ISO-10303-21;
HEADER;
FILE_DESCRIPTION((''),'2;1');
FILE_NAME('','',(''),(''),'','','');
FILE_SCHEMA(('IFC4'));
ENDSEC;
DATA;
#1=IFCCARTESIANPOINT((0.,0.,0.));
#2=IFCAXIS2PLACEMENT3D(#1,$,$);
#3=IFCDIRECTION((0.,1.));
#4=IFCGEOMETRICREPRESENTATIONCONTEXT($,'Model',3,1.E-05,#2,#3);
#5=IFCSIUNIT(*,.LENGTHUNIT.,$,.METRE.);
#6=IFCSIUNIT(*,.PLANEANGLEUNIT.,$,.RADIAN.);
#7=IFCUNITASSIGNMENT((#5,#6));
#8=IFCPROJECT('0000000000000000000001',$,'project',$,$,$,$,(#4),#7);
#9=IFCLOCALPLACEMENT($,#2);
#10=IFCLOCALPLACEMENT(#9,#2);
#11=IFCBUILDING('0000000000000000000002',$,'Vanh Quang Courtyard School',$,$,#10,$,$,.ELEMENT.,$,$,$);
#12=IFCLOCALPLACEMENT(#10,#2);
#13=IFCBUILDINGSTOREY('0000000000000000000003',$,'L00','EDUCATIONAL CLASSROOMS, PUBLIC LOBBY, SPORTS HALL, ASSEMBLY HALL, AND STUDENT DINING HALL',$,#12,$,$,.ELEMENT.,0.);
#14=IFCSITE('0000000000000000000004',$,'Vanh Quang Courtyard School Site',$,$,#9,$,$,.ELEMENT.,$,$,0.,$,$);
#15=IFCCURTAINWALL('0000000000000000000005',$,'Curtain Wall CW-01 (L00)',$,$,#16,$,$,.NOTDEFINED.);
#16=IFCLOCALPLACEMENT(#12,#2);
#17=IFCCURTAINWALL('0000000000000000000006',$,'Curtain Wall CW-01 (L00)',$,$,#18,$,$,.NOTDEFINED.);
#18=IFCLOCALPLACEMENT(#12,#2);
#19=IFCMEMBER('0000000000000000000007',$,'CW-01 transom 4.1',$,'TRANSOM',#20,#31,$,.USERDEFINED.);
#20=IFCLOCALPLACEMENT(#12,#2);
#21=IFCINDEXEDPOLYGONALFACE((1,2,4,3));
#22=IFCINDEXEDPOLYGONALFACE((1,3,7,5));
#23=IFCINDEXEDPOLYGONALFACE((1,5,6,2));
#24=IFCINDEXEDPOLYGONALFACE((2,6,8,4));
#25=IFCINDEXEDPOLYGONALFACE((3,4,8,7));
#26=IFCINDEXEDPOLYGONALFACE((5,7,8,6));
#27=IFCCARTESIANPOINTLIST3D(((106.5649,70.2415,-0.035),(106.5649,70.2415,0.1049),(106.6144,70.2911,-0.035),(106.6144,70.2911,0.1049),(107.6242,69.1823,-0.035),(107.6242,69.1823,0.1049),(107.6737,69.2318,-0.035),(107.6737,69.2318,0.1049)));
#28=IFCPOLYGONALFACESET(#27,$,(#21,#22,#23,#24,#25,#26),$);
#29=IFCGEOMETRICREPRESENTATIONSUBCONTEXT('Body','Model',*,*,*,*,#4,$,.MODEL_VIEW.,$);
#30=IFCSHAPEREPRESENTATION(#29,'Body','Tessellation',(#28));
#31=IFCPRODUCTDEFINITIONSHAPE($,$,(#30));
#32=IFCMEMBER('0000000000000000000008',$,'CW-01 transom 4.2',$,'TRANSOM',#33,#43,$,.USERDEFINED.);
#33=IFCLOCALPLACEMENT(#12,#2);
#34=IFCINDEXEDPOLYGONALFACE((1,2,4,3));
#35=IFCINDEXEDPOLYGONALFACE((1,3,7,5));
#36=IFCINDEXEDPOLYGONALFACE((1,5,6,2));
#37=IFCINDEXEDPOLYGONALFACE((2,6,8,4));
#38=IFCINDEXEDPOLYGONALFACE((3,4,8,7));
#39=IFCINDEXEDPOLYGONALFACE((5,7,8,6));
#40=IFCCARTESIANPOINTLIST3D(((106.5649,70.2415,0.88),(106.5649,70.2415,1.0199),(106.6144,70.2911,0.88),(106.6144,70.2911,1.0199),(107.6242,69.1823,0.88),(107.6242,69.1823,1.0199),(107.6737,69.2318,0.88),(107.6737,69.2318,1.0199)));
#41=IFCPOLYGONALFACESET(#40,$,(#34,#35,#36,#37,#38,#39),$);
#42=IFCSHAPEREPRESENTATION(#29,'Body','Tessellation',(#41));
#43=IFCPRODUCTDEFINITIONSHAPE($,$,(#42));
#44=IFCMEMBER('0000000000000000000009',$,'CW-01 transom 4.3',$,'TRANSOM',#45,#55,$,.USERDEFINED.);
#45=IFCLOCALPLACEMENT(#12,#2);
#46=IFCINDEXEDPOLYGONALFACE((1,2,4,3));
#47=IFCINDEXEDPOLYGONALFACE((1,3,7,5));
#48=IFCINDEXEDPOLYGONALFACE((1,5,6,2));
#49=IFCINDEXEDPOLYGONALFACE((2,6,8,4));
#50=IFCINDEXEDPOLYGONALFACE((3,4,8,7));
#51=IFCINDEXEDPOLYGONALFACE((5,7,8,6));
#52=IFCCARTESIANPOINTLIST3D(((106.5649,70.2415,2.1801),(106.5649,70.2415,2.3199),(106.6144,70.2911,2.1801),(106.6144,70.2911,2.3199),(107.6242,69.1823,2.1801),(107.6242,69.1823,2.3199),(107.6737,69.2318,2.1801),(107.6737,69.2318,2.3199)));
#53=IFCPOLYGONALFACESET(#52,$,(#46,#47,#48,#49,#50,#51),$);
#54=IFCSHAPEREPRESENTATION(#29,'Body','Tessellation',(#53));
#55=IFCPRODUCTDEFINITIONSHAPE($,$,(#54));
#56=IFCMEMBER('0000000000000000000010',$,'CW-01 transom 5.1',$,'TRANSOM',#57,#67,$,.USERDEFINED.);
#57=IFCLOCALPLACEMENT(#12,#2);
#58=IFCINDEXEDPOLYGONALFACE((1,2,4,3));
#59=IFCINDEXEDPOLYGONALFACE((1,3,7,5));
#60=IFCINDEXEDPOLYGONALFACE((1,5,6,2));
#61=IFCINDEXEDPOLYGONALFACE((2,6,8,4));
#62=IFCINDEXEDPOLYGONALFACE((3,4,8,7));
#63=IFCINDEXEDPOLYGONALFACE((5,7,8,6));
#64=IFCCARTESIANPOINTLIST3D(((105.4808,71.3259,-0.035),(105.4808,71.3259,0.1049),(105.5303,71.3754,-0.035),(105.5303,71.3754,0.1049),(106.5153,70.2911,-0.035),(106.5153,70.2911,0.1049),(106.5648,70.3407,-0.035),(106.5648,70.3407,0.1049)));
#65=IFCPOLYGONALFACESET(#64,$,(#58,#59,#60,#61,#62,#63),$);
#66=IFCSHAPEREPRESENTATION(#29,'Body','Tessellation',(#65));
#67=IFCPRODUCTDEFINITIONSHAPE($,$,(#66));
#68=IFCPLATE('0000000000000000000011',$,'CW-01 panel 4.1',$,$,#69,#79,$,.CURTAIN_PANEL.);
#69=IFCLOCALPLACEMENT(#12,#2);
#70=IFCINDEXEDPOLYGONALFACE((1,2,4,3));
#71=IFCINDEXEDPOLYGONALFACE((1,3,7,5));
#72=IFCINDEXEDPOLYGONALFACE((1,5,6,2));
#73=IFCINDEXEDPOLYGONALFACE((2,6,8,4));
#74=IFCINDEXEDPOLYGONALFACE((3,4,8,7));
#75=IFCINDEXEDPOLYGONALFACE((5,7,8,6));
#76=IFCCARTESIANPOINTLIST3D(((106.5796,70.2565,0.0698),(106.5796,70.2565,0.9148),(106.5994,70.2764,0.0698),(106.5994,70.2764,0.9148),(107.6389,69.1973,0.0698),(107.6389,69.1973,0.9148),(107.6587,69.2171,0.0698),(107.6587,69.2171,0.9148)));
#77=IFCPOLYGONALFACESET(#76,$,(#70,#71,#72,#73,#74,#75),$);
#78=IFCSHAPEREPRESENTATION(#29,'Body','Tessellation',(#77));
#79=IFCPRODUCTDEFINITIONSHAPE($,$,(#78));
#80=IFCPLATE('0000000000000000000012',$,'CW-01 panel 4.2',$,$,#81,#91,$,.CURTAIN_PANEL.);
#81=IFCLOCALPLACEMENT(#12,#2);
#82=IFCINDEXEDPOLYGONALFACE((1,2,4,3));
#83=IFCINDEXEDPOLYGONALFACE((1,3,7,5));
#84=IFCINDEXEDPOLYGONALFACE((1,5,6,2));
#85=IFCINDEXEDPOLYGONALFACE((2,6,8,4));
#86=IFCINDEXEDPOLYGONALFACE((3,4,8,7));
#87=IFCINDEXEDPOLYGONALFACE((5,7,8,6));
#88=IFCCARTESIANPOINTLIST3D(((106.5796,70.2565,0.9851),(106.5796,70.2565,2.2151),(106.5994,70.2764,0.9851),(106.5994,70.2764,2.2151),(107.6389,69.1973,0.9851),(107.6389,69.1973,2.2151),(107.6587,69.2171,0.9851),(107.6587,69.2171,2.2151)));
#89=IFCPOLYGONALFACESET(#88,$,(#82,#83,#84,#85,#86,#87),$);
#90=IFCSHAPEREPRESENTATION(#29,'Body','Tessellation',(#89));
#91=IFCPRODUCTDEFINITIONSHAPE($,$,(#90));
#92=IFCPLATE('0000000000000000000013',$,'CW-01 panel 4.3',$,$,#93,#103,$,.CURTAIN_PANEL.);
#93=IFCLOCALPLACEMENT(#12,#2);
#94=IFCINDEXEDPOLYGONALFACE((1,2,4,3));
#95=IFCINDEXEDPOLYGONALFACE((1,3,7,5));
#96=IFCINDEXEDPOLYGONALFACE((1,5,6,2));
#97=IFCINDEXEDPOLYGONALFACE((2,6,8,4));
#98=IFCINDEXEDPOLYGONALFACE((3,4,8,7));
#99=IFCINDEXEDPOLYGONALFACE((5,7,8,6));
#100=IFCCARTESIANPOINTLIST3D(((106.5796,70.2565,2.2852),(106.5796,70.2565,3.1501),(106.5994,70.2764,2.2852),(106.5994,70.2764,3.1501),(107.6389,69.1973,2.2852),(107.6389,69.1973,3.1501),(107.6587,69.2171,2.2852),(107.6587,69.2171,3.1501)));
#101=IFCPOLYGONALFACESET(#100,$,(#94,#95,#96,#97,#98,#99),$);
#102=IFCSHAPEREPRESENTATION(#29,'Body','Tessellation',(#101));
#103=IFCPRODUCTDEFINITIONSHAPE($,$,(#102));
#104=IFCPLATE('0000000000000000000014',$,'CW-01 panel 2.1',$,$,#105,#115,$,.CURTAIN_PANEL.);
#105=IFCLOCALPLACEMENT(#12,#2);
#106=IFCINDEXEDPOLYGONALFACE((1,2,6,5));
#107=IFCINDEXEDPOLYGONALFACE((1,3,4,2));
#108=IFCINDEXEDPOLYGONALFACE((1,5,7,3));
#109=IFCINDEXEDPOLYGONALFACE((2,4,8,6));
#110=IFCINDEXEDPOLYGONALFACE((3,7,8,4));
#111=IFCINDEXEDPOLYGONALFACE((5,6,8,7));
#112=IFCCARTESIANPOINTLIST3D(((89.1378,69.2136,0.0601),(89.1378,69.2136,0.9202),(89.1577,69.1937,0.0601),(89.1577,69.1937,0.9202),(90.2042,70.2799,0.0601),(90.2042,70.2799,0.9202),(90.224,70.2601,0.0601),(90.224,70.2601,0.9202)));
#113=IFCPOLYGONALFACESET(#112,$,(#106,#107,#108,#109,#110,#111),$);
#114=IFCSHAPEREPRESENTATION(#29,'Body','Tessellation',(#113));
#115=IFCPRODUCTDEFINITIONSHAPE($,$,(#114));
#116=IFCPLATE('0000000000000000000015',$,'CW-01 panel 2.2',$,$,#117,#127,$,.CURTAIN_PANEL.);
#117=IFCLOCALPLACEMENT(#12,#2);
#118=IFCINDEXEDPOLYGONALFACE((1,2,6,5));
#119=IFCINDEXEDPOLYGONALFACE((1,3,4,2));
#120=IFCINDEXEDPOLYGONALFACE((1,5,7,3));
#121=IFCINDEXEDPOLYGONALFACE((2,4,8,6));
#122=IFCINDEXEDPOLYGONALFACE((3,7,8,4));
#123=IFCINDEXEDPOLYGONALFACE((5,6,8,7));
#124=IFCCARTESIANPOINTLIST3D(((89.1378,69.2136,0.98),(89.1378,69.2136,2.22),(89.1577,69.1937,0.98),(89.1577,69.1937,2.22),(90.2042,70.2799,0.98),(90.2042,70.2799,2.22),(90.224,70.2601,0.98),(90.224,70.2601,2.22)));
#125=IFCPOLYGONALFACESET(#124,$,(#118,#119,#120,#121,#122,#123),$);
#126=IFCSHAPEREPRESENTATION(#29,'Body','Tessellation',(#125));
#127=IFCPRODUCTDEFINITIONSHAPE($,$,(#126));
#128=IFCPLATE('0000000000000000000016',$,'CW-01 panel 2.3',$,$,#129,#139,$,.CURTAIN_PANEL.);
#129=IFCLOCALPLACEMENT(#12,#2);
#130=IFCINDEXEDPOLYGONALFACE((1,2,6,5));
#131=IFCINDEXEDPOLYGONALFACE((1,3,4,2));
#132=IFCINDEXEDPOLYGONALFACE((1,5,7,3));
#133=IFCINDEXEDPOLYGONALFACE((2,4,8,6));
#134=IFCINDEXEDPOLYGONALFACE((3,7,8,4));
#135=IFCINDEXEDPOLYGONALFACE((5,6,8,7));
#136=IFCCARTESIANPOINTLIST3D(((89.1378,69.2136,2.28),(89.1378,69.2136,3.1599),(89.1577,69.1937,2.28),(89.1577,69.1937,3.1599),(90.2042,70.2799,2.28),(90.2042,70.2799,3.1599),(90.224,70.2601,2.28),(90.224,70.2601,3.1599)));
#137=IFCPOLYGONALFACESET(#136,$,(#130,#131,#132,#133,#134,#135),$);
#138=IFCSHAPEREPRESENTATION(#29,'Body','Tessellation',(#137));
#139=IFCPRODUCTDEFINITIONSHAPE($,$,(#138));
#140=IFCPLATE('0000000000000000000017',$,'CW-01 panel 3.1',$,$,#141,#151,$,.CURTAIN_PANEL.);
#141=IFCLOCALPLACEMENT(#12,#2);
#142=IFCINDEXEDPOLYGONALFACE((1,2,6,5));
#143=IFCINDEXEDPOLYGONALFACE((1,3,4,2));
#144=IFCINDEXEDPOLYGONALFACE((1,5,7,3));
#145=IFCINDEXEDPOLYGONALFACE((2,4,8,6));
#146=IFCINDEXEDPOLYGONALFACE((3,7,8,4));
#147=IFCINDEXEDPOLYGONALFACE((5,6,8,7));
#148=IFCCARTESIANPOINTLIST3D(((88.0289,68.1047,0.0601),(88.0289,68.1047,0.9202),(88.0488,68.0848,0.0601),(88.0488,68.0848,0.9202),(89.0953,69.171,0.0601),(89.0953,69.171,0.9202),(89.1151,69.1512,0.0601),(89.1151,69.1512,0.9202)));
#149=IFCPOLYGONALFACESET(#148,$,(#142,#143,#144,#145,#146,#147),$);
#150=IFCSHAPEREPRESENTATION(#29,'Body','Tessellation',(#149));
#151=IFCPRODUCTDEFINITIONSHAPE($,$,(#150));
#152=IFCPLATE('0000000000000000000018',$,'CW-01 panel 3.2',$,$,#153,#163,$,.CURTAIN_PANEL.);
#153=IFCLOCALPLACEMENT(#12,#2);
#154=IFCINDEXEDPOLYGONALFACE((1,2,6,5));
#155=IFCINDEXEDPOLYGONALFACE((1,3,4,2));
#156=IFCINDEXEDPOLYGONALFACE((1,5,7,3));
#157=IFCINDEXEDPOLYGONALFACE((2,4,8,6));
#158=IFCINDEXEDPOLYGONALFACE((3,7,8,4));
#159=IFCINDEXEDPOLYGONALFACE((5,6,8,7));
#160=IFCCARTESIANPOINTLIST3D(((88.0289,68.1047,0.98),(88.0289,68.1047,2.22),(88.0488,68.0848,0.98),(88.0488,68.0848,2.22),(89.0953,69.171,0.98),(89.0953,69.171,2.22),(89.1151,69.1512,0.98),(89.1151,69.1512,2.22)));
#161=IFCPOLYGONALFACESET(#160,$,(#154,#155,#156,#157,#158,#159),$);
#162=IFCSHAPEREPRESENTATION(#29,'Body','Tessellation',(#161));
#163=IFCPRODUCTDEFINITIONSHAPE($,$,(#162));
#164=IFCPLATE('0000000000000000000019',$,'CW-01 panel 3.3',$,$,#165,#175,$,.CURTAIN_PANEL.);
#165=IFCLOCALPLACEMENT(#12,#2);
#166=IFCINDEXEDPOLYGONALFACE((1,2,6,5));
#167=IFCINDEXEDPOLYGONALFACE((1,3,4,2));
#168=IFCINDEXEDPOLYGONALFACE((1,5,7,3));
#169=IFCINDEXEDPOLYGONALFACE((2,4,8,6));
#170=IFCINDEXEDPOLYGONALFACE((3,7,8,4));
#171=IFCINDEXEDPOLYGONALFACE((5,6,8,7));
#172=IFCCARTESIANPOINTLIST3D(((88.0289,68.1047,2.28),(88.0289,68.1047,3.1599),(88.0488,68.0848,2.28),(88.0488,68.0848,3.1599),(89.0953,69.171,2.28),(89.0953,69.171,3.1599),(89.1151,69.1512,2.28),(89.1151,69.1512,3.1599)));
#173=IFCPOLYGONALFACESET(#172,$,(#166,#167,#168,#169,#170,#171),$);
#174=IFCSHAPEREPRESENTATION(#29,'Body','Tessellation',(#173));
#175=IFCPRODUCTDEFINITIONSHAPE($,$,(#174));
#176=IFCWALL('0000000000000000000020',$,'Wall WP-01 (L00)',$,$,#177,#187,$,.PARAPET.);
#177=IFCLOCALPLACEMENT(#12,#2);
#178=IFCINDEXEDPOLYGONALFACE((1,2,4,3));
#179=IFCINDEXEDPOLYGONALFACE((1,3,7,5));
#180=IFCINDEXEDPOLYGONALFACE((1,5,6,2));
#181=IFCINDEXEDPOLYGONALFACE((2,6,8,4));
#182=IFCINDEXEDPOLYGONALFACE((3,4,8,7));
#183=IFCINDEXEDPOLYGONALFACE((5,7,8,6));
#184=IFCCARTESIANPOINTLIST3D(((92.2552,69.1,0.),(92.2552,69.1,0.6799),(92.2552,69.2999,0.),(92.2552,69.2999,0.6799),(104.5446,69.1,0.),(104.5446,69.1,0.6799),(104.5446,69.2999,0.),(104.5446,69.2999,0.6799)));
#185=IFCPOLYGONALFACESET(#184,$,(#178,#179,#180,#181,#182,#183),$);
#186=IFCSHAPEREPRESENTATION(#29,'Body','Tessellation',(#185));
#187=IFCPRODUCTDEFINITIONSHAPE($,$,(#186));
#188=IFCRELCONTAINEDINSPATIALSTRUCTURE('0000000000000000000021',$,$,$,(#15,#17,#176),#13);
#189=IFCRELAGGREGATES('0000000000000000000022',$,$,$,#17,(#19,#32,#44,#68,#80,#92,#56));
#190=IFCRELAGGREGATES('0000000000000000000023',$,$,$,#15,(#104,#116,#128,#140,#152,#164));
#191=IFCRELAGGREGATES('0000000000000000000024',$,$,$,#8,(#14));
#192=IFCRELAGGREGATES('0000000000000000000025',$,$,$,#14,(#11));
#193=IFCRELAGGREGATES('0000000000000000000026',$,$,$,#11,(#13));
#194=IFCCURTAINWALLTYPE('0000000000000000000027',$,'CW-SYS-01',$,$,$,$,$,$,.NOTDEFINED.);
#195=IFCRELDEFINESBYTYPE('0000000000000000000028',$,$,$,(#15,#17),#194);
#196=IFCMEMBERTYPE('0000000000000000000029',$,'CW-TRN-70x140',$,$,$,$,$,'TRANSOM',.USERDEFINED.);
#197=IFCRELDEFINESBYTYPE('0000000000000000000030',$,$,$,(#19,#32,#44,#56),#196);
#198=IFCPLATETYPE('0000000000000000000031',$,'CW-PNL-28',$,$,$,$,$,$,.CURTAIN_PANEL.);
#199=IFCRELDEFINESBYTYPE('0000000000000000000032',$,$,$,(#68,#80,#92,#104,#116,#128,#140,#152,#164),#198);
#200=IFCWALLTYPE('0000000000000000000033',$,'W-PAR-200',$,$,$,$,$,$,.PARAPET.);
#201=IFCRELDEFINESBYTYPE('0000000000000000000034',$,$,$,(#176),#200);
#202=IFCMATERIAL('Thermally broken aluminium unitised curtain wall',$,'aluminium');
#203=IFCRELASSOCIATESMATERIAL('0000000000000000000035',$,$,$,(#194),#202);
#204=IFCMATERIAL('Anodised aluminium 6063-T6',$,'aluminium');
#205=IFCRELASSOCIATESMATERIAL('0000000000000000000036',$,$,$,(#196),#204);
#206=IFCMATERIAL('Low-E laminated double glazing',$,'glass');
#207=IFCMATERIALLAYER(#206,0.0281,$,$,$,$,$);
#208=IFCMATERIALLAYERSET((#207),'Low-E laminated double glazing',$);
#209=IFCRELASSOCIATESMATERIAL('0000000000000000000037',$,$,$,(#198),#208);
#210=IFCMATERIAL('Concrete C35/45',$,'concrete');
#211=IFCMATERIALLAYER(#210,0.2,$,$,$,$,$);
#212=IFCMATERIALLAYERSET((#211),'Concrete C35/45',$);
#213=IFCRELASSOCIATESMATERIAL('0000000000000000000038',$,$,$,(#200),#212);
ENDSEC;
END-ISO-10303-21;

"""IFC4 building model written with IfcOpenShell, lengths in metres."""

from ifc_helpers import new_model, si_unit, direction, frame, frame_2d, origin, origin_2d, place, context, subcontext, project, spatial, rectangle, extrude, material, layer, layer_set, material_profile, profile_set, type_object, element, aggregate, save


model = new_model("IFC4")

# Units and contexts
model_context = context("Model", 3, precision=1e-05, world=origin(), true_north=direction((0.0, 1.0)))
body_context = subcontext(model_context, "Body", "Model", "MODEL_VIEW")
ifc_project = project(units=[si_unit("LENGTHUNIT", "METRE"), si_unit("PLANEANGLEUNIT", "RADIAN")], contexts=[model_context])

# Site, building, storey
site_placement = place(None, origin())
site = spatial("IfcSite", under=ifc_project, at=site_placement, Name="Vanh Quang Courtyard School Site", CompositionType="ELEMENT", RefElevation=0.0)
building_placement = place(site_placement, origin())
building = spatial("IfcBuilding", under=site, at=building_placement, Name="Vanh Quang Courtyard School", CompositionType="ELEMENT")
storey_placement = place(building_placement, origin())
storey = spatial("IfcBuildingStorey", under=building, at=storey_placement, Name="L00", Description="EDUCATIONAL CLASSROOMS, PUBLIC LOBBY, SPORTS HALL, ASSEMBLY HALL, AND STUDENT DINING HALL", CompositionType="ELEMENT", Elevation=0.0)

# Curtain wall
ifc_material_1 = material(Name="Thermally broken aluminium unitised curtain wall", Category="aluminium")
curtain_wall_type = type_object("IfcCurtainWallType", Name="CW-SYS-01", PredefinedType="NOTDEFINED", material=ifc_material_1)
curtain_wall_1_placement = place(storey_placement, origin())
curtain_wall_1 = element("IfcCurtainWall", 1, at=curtain_wall_1_placement, inside=storey, type_object=curtain_wall_type, Name="Curtain Wall CW-01 (L00)", PredefinedType="NOTDEFINED")
ifc_material_2 = material(Name="Anodised aluminium 6063-T6", Category="aluminium")

# Curtain wall
curtain_wall_2_placement = place(storey_placement, origin())
curtain_wall_2 = element("IfcCurtainWall", 2, at=curtain_wall_2_placement, inside=storey, type_object=curtain_wall_type, Name="Curtain Wall CW-01 (L00)", PredefinedType="NOTDEFINED")

# Members
ifc_material_profile_1 = material_profile(ifc_material_2, rectangle(XDim=0.0701, YDim=0.1399, at=origin_2d()), Name="ALU-TRN 70x140")
ifc_profile_set_1 = profile_set([ifc_material_profile_1], Name="Anodised aluminium 6063-T6")
member_type_1 = type_object("IfcMemberType", Name="CW-TRN-70x140", ElementType="TRANSOM", PredefinedType="USERDEFINED", material=ifc_profile_set_1)
member_1_placement = place(storey_placement, frame((107.6489, 69.207, 0.0349), z_axis=(-0.707107, 0.707107, 0.0), x_axis=(-0.707107, -0.707107, 0.0)))
member_1 = element("IfcMember", 3, at=member_1_placement, type_object=member_type_1, Name="CW-01 transom 4.1", ObjectType="TRANSOM", PredefinedType="USERDEFINED", context=body_context, shape_type="SweptSolid", body=[
    extrude(rectangle(XDim=0.0701, YDim=0.1399, at=origin_2d()), origin(), (0.0, 0.0, 1.0), 1.498),
])
member_2_placement = place(storey_placement, frame((107.6489, 69.207, 0.95), z_axis=(-0.707107, 0.707107, 0.0), x_axis=(-0.707107, -0.707107, 0.0)))
member_2 = element("IfcMember", 4, at=member_2_placement, type_object=member_type_1, Name="CW-01 transom 4.2", ObjectType="TRANSOM", PredefinedType="USERDEFINED", context=body_context, shape_type="SweptSolid", body=[
    extrude(rectangle(XDim=0.0701, YDim=0.1399, at=origin_2d()), origin(), (0.0, 0.0, 1.0), 1.498),
])
member_3_placement = place(storey_placement, frame((107.6489, 69.207, 2.25), z_axis=(-0.707107, 0.707107, 0.0), x_axis=(-0.707107, -0.707107, 0.0)))
member_3 = element("IfcMember", 5, at=member_3_placement, type_object=member_type_1, Name="CW-01 transom 4.3", ObjectType="TRANSOM", PredefinedType="USERDEFINED", context=body_context, shape_type="SweptSolid", body=[
    extrude(rectangle(XDim=0.0701, YDim=0.1399, at=origin_2d()), origin(), (0.0, 0.0, 1.0), 1.498),
])
member_4_placement = place(storey_placement, frame((106.54, 70.3159, 0.0349), z_axis=(-0.707023, 0.70719, 0.0), x_axis=(-0.70719, -0.707023, 0.0)))
member_4 = element("IfcMember", 6, at=member_4_placement, type_object=member_type_1, Name="CW-01 transom 5.1", ObjectType="TRANSOM", PredefinedType="USERDEFINED", context=body_context, shape_type="SweptSolid", body=[
    extrude(rectangle(XDim=0.0701, YDim=0.1399, at=origin_2d()), origin(), (0.0, 0.0, 1.0), 1.4631),
])

# Plates
ifc_material_3 = material(Name="Low-E laminated double glazing", Category="glass")
ifc_layer_1 = layer(ifc_material_3, 0.0281)
ifc_layer_set_1 = layer_set([ifc_layer_1], Name="Low-E laminated double glazing")
plate_type = type_object("IfcPlateType", Name="CW-PNL-28", PredefinedType="CURTAIN_PANEL", material=ifc_layer_set_1)
plate_1_placement = place(storey_placement, frame((107.1191, 69.7368, 0.0698), z_axis=(0.0, 0.0, 1.0), x_axis=(-0.707107, 0.707107, 0.0)))
plate_1 = element("IfcPlate", 7, at=plate_1_placement, type_object=plate_type, Name="CW-01 panel 4.1", PredefinedType="CURTAIN_PANEL", context=body_context, shape_type="SweptSolid", body=[
    extrude(rectangle(XDim=1.498, YDim=0.0281, at=origin_2d()), origin(), (0.0, 0.0, 1.0), 0.845),
])
plate_2_placement = place(storey_placement, frame((107.1191, 69.7368, 0.9851), z_axis=(0.0, 0.0, 1.0), x_axis=(-0.707107, 0.707107, 0.0)))
plate_2 = element("IfcPlate", 8, at=plate_2_placement, type_object=plate_type, Name="CW-01 panel 4.2", PredefinedType="CURTAIN_PANEL", context=body_context, shape_type="SweptSolid", body=[
    extrude(rectangle(XDim=1.498, YDim=0.0281, at=origin_2d()), origin(), (0.0, 0.0, 1.0), 1.23),
])
plate_3_placement = place(storey_placement, frame((107.1191, 69.7368, 2.2852), z_axis=(0.0, 0.0, 1.0), x_axis=(-0.707107, 0.707107, 0.0)))
plate_3 = element("IfcPlate", 9, at=plate_3_placement, type_object=plate_type, Name="CW-01 panel 4.3", PredefinedType="CURTAIN_PANEL", context=body_context, shape_type="SweptSolid", body=[
    extrude(rectangle(XDim=1.498, YDim=0.0281, at=origin_2d()), origin(), (0.0, 0.0, 1.0), 0.865),
])
aggregate(curtain_wall_2, [member_1, member_2, member_3, plate_1, plate_2, plate_3, member_4])
plate_4_placement = place(storey_placement, frame((89.6809, 69.7368, 0.0601), z_axis=(0.0, 0.0, 1.0), x_axis=(-0.707107, -0.707107, 0.0)))
plate_4 = element("IfcPlate", 10, at=plate_4_placement, type_object=plate_type, Name="CW-01 panel 2.1", PredefinedType="CURTAIN_PANEL", context=body_context, shape_type="SweptSolid", body=[
    extrude(rectangle(XDim=1.5081, YDim=0.0281, at=origin_2d()), origin(), (0.0, 0.0, 1.0), 0.8601),
])
plate_5_placement = place(storey_placement, frame((89.6809, 69.7368, 0.98), z_axis=(0.0, 0.0, 1.0), x_axis=(-0.707107, -0.707107, 0.0)))
plate_5 = element("IfcPlate", 11, at=plate_5_placement, type_object=plate_type, Name="CW-01 panel 2.2", PredefinedType="CURTAIN_PANEL", context=body_context, shape_type="SweptSolid", body=[
    extrude(rectangle(XDim=1.5081, YDim=0.0281, at=origin_2d()), origin(), (0.0, 0.0, 1.0), 1.24),
])
plate_6_placement = place(storey_placement, frame((89.6809, 69.7368, 2.28), z_axis=(0.0, 0.0, 1.0), x_axis=(-0.707107, -0.707107, 0.0)))
plate_6 = element("IfcPlate", 12, at=plate_6_placement, type_object=plate_type, Name="CW-01 panel 2.3", PredefinedType="CURTAIN_PANEL", context=body_context, shape_type="SweptSolid", body=[
    extrude(rectangle(XDim=1.5081, YDim=0.0281, at=origin_2d()), origin(), (0.0, 0.0, 1.0), 0.8799),
])
plate_7_placement = place(storey_placement, frame((88.572, 68.6279, 0.0601), z_axis=(0.0, 0.0, 1.0), x_axis=(-0.707107, -0.707107, 0.0)))
plate_7 = element("IfcPlate", 13, at=plate_7_placement, type_object=plate_type, Name="CW-01 panel 3.1", PredefinedType="CURTAIN_PANEL", context=body_context, shape_type="SweptSolid", body=[
    extrude(rectangle(XDim=1.5081, YDim=0.0281, at=origin_2d()), origin(), (0.0, 0.0, 1.0), 0.8601),
])
plate_8_placement = place(storey_placement, frame((88.572, 68.6279, 0.98), z_axis=(0.0, 0.0, 1.0), x_axis=(-0.707107, -0.707107, 0.0)))
plate_8 = element("IfcPlate", 14, at=plate_8_placement, type_object=plate_type, Name="CW-01 panel 3.2", PredefinedType="CURTAIN_PANEL", context=body_context, shape_type="SweptSolid", body=[
    extrude(rectangle(XDim=1.5081, YDim=0.0281, at=origin_2d()), origin(), (0.0, 0.0, 1.0), 1.24),
])
plate_9_placement = place(storey_placement, frame((88.572, 68.6279, 2.28), z_axis=(0.0, 0.0, 1.0), x_axis=(-0.707107, -0.707107, 0.0)))
plate_9 = element("IfcPlate", 15, at=plate_9_placement, type_object=plate_type, Name="CW-01 panel 3.3", PredefinedType="CURTAIN_PANEL", context=body_context, shape_type="SweptSolid", body=[
    extrude(rectangle(XDim=1.5081, YDim=0.0281, at=origin_2d()), origin(), (0.0, 0.0, 1.0), 0.8799),
])
aggregate(curtain_wall_1, [plate_4, plate_5, plate_6, plate_7, plate_8, plate_9])

# Wall
ifc_material_4 = material(Name="Concrete C35/45", Category="concrete")
ifc_layer_2 = layer(ifc_material_4, 0.2)
ifc_layer_set_2 = layer_set([ifc_layer_2], Name="Concrete C35/45")
wall_type = type_object("IfcWallType", Name="W-PAR-200", PredefinedType="PARAPET", material=ifc_layer_set_2)
wall_1_placement = place(storey_placement, frame((92.2554, 69.2, 0.0), z_axis=(0.0, 0.0, 1.0), x_axis=(1.0, 0.0, 0.0)))
element("IfcWall", 16, at=wall_1_placement, inside=storey, type_object=wall_type, Name="Wall WP-01 (L00)", PredefinedType="PARAPET", context=body_context, shape_type="SweptSolid", body=[
    extrude(rectangle(XDim=12.2893, YDim=0.2, at=frame_2d((6.1445, 0.0))), origin(), (0.0, 0.0, 1.0), 0.6799),
])

save(model, "model.ifc")
